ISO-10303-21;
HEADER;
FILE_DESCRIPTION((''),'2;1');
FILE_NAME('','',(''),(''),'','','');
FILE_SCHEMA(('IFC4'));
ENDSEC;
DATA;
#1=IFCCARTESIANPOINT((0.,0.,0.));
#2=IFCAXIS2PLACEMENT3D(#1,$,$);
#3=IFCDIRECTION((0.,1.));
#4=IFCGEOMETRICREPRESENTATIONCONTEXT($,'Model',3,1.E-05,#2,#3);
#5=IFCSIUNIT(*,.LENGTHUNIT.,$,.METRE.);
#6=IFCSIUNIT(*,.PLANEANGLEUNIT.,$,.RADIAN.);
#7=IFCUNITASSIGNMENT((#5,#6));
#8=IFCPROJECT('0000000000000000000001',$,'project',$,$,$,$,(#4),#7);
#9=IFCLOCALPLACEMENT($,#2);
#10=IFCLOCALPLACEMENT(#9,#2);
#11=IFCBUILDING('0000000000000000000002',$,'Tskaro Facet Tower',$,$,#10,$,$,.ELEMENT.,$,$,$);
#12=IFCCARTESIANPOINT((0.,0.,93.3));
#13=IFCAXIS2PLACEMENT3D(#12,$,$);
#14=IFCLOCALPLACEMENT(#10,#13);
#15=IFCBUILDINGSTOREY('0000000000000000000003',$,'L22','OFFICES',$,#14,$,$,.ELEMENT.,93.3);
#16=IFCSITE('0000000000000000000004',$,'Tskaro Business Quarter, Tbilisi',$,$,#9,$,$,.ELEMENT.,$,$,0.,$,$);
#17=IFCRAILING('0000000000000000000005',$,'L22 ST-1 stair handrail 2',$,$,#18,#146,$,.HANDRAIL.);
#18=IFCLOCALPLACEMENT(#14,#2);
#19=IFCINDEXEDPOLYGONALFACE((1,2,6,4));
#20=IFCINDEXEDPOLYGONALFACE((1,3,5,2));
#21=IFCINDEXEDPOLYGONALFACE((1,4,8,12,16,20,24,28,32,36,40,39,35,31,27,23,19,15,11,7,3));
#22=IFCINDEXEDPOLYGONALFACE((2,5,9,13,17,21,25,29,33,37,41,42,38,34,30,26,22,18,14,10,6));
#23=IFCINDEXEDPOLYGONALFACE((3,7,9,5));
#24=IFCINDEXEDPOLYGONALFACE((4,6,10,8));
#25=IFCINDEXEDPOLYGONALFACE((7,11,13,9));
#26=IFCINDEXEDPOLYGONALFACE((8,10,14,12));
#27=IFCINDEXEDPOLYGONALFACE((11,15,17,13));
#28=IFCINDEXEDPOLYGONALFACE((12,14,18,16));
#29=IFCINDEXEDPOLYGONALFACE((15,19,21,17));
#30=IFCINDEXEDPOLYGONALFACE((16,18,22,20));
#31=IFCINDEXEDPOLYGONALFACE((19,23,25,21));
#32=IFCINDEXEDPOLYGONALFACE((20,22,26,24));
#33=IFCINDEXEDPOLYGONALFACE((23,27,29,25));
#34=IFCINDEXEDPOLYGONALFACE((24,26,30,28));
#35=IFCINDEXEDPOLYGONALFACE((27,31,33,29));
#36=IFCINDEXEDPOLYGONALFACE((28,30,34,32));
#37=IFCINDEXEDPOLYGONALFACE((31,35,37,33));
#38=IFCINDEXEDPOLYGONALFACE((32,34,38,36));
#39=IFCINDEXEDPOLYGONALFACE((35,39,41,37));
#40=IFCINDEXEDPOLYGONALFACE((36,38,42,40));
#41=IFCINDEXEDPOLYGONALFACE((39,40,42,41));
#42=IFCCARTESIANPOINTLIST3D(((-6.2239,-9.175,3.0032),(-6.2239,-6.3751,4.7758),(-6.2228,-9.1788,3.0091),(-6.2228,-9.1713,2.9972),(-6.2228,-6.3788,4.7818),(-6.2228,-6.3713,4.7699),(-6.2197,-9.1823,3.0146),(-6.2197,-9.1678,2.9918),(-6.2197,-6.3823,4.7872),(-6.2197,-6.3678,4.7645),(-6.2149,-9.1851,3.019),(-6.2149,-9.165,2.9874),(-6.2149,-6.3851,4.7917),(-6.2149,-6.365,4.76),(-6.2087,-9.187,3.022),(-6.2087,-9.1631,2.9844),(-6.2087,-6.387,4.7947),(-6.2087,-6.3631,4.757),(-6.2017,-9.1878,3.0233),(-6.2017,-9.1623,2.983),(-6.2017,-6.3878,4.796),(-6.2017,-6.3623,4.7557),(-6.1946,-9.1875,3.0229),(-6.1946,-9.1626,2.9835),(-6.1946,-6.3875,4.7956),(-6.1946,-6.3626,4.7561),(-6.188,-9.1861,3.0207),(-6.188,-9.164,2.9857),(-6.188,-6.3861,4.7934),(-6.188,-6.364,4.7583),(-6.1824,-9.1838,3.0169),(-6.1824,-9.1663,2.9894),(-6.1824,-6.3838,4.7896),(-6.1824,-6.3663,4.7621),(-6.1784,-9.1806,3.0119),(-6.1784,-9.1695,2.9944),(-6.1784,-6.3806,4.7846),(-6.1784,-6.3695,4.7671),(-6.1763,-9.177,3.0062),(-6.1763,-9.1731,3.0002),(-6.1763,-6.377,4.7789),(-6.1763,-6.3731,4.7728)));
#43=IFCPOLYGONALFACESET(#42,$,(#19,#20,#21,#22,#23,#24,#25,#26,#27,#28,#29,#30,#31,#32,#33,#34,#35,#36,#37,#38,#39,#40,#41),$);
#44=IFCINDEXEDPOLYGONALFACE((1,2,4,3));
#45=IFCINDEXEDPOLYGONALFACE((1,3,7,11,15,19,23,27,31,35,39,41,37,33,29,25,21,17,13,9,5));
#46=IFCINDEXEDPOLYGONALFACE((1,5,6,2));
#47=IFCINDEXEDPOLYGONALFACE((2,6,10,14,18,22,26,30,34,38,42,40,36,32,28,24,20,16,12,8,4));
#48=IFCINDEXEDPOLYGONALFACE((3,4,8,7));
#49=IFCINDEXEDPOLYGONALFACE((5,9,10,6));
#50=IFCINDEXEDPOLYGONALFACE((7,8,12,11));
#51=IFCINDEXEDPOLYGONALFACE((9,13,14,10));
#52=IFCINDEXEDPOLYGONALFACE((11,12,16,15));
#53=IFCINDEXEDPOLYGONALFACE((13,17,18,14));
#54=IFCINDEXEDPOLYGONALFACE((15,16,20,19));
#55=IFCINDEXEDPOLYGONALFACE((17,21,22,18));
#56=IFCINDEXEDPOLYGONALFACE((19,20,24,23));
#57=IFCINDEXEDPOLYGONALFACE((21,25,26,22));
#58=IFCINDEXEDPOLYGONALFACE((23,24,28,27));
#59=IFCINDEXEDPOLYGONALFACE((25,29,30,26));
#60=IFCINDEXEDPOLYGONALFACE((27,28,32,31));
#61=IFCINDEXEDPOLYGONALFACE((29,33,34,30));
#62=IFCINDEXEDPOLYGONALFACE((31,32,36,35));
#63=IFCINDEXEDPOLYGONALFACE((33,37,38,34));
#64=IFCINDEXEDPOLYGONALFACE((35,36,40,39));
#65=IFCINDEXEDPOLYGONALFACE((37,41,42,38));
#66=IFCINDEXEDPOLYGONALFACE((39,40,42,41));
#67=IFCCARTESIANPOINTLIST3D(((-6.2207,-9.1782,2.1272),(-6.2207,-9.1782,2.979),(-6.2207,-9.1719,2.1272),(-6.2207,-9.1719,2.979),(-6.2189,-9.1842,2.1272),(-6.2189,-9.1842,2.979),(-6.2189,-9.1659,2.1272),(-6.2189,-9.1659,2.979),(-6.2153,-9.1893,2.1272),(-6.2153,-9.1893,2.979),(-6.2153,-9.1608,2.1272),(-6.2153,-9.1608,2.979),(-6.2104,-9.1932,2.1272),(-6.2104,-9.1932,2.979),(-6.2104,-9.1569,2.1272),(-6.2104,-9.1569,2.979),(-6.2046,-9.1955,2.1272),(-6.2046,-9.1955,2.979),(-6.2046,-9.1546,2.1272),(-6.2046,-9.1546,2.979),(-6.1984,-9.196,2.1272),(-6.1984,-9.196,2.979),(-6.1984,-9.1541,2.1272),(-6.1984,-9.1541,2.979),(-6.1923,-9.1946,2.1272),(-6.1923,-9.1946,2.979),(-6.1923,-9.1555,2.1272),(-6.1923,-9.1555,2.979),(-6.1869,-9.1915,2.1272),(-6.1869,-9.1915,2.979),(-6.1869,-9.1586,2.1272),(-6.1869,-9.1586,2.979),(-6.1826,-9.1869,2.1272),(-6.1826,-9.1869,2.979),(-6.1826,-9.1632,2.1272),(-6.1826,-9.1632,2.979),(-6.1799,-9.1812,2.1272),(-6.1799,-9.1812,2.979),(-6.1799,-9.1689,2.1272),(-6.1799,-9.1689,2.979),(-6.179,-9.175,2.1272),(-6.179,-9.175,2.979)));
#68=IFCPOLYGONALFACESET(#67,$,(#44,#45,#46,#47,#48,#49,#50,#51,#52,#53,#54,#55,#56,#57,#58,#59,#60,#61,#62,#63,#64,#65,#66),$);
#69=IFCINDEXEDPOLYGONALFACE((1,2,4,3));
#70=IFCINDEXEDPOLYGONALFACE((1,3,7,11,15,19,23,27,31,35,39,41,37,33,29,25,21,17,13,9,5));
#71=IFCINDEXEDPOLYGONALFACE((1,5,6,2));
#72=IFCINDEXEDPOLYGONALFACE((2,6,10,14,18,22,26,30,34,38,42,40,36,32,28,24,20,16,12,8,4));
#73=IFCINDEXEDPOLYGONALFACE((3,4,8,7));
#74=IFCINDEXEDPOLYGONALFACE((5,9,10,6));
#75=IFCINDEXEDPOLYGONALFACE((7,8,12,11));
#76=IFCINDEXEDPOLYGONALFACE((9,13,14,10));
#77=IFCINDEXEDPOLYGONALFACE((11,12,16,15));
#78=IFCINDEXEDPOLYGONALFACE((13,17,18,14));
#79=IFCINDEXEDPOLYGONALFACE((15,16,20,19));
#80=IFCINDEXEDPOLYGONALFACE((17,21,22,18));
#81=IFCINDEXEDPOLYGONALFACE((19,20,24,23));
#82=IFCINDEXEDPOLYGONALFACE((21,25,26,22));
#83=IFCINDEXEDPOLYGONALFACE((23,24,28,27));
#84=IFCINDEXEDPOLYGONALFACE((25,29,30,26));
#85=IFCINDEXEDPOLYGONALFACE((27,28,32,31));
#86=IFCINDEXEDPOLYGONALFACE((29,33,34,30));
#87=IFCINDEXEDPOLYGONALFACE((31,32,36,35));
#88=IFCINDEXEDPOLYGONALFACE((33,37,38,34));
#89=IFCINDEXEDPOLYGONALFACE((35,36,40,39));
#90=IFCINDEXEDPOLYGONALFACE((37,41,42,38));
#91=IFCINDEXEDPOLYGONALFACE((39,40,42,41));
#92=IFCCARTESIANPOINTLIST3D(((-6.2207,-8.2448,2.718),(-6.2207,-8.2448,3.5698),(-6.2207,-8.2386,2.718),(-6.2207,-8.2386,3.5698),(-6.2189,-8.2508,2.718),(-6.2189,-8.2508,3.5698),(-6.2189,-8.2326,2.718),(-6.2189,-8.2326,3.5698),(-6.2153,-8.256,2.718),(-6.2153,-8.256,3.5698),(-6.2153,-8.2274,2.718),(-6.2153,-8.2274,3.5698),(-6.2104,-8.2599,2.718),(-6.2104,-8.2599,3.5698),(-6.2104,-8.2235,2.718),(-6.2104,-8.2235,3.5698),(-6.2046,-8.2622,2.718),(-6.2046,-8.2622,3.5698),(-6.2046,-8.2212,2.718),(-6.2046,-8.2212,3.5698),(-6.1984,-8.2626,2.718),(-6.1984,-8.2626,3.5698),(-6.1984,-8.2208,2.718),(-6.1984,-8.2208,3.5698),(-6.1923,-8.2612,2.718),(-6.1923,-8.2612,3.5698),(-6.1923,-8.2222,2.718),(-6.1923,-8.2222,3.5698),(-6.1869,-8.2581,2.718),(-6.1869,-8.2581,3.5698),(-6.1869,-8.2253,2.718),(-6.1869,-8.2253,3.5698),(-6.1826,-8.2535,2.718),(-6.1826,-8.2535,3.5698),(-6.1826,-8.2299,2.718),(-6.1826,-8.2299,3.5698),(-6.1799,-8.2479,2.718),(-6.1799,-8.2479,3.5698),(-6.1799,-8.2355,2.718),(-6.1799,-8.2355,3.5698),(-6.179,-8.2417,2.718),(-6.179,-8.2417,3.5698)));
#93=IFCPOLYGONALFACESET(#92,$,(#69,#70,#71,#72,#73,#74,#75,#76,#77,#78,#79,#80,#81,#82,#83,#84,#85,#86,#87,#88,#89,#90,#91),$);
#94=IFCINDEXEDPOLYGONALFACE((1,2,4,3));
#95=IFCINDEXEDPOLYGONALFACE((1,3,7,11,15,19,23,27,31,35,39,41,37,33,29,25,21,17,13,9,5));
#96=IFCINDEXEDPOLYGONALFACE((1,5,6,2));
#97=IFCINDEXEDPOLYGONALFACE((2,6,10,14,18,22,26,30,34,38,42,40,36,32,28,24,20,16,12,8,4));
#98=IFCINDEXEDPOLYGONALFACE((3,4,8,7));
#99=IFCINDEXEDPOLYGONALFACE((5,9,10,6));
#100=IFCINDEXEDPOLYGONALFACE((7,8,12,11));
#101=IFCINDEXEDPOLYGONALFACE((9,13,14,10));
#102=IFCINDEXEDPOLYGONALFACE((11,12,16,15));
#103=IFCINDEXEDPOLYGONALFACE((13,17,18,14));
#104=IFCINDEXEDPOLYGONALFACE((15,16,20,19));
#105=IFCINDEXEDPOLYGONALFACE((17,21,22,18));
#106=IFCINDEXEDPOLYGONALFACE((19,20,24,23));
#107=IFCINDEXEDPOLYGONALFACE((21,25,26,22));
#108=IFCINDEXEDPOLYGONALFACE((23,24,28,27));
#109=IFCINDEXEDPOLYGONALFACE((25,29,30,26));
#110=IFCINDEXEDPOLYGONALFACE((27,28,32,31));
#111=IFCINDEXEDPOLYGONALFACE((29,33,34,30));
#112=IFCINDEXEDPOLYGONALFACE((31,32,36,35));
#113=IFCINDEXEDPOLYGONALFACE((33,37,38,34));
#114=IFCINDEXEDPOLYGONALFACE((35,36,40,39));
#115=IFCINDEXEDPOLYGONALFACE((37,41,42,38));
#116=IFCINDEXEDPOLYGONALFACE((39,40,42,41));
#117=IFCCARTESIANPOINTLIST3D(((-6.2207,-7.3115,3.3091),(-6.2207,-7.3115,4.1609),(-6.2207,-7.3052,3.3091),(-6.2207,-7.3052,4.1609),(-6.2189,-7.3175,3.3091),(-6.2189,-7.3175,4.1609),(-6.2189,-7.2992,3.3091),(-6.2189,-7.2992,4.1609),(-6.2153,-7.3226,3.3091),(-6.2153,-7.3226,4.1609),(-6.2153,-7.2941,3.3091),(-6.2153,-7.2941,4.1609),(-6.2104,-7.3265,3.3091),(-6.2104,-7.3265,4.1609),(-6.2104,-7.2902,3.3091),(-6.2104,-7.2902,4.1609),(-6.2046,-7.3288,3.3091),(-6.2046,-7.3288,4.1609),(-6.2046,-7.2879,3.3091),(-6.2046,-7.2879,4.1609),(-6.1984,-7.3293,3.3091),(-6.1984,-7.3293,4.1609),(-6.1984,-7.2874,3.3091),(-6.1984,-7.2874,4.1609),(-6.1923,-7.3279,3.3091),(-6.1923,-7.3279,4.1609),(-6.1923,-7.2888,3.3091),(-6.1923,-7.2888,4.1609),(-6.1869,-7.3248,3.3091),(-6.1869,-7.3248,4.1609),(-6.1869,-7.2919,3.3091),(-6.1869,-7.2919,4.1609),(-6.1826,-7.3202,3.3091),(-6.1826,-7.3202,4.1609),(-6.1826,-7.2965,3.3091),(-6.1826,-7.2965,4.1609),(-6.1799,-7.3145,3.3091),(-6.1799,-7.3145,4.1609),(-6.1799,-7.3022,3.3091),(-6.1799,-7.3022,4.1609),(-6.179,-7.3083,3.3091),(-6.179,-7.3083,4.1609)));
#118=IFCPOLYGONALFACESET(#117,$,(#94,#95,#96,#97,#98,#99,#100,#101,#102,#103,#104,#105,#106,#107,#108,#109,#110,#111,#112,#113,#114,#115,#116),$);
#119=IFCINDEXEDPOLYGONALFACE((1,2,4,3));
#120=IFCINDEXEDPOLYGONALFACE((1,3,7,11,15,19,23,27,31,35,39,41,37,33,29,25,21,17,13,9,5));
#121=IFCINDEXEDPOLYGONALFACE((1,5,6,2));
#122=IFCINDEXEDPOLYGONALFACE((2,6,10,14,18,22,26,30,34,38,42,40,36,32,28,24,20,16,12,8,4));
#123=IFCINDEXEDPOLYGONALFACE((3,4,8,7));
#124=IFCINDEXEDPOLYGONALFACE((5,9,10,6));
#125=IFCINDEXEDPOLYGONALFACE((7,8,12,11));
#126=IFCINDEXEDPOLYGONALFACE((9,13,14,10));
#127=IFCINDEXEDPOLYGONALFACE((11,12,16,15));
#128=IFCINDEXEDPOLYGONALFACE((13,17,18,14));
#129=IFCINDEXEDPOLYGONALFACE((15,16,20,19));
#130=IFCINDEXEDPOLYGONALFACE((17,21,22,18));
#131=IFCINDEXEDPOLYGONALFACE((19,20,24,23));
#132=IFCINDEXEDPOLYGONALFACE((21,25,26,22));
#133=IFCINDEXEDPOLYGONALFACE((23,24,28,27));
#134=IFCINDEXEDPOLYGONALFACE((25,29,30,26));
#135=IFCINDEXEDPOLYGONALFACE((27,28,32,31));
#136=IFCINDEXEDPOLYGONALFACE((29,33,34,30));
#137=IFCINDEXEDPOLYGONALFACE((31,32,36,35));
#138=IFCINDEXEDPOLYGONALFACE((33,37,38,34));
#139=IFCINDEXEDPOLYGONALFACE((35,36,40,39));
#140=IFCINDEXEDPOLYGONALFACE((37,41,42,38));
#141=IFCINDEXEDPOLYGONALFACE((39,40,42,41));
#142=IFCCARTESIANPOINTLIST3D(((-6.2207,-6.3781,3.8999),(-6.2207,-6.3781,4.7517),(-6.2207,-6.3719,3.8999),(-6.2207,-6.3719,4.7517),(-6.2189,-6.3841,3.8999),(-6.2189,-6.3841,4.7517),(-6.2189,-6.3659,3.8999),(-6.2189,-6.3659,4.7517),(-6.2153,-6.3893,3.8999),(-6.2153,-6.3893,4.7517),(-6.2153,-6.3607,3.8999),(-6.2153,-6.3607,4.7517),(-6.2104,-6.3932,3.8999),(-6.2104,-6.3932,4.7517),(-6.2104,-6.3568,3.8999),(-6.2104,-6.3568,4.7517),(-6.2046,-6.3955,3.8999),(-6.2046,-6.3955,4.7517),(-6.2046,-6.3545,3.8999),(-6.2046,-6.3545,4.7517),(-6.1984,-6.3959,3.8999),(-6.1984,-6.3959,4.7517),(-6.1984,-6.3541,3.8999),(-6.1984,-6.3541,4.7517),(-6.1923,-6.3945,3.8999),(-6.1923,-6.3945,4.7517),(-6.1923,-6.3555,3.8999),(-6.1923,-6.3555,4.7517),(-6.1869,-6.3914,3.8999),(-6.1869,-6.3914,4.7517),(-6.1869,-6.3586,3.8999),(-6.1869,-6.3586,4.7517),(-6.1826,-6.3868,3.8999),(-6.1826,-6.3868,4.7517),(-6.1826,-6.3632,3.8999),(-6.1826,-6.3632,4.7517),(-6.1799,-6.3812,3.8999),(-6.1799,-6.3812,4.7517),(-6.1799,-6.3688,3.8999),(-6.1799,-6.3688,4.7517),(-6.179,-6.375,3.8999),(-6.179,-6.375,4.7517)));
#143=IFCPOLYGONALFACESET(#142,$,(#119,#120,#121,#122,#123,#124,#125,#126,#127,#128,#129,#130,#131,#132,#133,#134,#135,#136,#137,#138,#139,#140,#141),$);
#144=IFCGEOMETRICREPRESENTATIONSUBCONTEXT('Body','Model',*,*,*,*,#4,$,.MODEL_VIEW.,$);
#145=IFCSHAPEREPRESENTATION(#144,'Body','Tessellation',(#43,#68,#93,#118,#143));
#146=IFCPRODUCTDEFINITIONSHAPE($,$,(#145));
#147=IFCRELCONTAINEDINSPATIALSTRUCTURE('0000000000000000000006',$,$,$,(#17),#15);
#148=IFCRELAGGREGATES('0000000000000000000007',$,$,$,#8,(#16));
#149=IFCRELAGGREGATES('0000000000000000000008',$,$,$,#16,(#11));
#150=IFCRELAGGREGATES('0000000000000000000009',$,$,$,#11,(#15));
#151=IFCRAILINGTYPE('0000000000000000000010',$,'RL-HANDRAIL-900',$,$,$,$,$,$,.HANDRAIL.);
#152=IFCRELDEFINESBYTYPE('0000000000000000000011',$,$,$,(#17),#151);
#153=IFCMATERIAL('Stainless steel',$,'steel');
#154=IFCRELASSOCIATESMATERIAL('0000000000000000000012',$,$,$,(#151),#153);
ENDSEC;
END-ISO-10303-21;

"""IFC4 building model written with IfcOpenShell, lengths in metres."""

from ifc_helpers import new_model, si_unit, direction, frame, origin, origin_2d, place, context, subcontext, project, spatial, circle, extrude, material, type_object, element, save


model = new_model("IFC4")

# Units and contexts
model_context = context("Model", 3, precision=1e-05, world=origin(), true_north=direction((0.0, 1.0)))
body_context = subcontext(model_context, "Body", "Model", "MODEL_VIEW")
ifc_project = project(units=[si_unit("LENGTHUNIT", "METRE"), si_unit("PLANEANGLEUNIT", "RADIAN")], contexts=[model_context])

# Site, building, storey
site_placement = place(None, origin())
site = spatial("IfcSite", under=ifc_project, at=site_placement, Name="Tskaro Business Quarter, Tbilisi", CompositionType="ELEMENT", RefElevation=0.0)
building_placement = place(site_placement, origin())
building = spatial("IfcBuilding", under=site, at=building_placement, Name="Tskaro Facet Tower", CompositionType="ELEMENT")
storey_placement = place(building_placement, frame((0.0, 0.0, 93.3)))
storey = spatial("IfcBuildingStorey", under=building, at=storey_placement, Name="L22", Description="OFFICES", CompositionType="ELEMENT", Elevation=93.3)

# Shared definitions
ifc_material_1 = material(Name="Stainless steel", Category="steel")

# Railing
railing_type_1 = type_object("IfcRailingType", Name="RL-HANDRAIL-900", PredefinedType="HANDRAIL", material=ifc_material_1)
railing_1_placement = place(storey_placement, frame((-6.2, -9.175, 2.1272)))
element("IfcRailing", 1, at=railing_1_placement, inside=storey, type_object=railing_type_1, Name="L22 ST-1 stair handrail 2", PredefinedType="HANDRAIL", context=body_context, shape_type="SweptSolid", body=[
    extrude(circle(Radius=0.0239, at=origin_2d()), frame((0.0, 0.0, 0.876), z_axis=(0.0, 0.844909, 0.53491), x_axis=(-1.0, 0.0, 0.0)), (0.0, 0.0, 1.0), 3.314),
    extrude(circle(Radius=0.021, at=origin_2d()), origin(), (0.0, 0.0, 1.0), 0.8518),
    extrude(circle(Radius=0.021, at=origin_2d()), frame((0.0, 0.9333, 0.5908)), (0.0, 0.0, 1.0), 0.8518),
    extrude(circle(Radius=0.021, at=origin_2d()), frame((0.0, 1.8667, 1.1819)), (0.0, 0.0, 1.0), 0.8518),
    extrude(circle(Radius=0.021, at=origin_2d()), frame((0.0, 2.8, 1.7727)), (0.0, 0.0, 1.0), 0.8518),
])

save(model, "model.ifc")
